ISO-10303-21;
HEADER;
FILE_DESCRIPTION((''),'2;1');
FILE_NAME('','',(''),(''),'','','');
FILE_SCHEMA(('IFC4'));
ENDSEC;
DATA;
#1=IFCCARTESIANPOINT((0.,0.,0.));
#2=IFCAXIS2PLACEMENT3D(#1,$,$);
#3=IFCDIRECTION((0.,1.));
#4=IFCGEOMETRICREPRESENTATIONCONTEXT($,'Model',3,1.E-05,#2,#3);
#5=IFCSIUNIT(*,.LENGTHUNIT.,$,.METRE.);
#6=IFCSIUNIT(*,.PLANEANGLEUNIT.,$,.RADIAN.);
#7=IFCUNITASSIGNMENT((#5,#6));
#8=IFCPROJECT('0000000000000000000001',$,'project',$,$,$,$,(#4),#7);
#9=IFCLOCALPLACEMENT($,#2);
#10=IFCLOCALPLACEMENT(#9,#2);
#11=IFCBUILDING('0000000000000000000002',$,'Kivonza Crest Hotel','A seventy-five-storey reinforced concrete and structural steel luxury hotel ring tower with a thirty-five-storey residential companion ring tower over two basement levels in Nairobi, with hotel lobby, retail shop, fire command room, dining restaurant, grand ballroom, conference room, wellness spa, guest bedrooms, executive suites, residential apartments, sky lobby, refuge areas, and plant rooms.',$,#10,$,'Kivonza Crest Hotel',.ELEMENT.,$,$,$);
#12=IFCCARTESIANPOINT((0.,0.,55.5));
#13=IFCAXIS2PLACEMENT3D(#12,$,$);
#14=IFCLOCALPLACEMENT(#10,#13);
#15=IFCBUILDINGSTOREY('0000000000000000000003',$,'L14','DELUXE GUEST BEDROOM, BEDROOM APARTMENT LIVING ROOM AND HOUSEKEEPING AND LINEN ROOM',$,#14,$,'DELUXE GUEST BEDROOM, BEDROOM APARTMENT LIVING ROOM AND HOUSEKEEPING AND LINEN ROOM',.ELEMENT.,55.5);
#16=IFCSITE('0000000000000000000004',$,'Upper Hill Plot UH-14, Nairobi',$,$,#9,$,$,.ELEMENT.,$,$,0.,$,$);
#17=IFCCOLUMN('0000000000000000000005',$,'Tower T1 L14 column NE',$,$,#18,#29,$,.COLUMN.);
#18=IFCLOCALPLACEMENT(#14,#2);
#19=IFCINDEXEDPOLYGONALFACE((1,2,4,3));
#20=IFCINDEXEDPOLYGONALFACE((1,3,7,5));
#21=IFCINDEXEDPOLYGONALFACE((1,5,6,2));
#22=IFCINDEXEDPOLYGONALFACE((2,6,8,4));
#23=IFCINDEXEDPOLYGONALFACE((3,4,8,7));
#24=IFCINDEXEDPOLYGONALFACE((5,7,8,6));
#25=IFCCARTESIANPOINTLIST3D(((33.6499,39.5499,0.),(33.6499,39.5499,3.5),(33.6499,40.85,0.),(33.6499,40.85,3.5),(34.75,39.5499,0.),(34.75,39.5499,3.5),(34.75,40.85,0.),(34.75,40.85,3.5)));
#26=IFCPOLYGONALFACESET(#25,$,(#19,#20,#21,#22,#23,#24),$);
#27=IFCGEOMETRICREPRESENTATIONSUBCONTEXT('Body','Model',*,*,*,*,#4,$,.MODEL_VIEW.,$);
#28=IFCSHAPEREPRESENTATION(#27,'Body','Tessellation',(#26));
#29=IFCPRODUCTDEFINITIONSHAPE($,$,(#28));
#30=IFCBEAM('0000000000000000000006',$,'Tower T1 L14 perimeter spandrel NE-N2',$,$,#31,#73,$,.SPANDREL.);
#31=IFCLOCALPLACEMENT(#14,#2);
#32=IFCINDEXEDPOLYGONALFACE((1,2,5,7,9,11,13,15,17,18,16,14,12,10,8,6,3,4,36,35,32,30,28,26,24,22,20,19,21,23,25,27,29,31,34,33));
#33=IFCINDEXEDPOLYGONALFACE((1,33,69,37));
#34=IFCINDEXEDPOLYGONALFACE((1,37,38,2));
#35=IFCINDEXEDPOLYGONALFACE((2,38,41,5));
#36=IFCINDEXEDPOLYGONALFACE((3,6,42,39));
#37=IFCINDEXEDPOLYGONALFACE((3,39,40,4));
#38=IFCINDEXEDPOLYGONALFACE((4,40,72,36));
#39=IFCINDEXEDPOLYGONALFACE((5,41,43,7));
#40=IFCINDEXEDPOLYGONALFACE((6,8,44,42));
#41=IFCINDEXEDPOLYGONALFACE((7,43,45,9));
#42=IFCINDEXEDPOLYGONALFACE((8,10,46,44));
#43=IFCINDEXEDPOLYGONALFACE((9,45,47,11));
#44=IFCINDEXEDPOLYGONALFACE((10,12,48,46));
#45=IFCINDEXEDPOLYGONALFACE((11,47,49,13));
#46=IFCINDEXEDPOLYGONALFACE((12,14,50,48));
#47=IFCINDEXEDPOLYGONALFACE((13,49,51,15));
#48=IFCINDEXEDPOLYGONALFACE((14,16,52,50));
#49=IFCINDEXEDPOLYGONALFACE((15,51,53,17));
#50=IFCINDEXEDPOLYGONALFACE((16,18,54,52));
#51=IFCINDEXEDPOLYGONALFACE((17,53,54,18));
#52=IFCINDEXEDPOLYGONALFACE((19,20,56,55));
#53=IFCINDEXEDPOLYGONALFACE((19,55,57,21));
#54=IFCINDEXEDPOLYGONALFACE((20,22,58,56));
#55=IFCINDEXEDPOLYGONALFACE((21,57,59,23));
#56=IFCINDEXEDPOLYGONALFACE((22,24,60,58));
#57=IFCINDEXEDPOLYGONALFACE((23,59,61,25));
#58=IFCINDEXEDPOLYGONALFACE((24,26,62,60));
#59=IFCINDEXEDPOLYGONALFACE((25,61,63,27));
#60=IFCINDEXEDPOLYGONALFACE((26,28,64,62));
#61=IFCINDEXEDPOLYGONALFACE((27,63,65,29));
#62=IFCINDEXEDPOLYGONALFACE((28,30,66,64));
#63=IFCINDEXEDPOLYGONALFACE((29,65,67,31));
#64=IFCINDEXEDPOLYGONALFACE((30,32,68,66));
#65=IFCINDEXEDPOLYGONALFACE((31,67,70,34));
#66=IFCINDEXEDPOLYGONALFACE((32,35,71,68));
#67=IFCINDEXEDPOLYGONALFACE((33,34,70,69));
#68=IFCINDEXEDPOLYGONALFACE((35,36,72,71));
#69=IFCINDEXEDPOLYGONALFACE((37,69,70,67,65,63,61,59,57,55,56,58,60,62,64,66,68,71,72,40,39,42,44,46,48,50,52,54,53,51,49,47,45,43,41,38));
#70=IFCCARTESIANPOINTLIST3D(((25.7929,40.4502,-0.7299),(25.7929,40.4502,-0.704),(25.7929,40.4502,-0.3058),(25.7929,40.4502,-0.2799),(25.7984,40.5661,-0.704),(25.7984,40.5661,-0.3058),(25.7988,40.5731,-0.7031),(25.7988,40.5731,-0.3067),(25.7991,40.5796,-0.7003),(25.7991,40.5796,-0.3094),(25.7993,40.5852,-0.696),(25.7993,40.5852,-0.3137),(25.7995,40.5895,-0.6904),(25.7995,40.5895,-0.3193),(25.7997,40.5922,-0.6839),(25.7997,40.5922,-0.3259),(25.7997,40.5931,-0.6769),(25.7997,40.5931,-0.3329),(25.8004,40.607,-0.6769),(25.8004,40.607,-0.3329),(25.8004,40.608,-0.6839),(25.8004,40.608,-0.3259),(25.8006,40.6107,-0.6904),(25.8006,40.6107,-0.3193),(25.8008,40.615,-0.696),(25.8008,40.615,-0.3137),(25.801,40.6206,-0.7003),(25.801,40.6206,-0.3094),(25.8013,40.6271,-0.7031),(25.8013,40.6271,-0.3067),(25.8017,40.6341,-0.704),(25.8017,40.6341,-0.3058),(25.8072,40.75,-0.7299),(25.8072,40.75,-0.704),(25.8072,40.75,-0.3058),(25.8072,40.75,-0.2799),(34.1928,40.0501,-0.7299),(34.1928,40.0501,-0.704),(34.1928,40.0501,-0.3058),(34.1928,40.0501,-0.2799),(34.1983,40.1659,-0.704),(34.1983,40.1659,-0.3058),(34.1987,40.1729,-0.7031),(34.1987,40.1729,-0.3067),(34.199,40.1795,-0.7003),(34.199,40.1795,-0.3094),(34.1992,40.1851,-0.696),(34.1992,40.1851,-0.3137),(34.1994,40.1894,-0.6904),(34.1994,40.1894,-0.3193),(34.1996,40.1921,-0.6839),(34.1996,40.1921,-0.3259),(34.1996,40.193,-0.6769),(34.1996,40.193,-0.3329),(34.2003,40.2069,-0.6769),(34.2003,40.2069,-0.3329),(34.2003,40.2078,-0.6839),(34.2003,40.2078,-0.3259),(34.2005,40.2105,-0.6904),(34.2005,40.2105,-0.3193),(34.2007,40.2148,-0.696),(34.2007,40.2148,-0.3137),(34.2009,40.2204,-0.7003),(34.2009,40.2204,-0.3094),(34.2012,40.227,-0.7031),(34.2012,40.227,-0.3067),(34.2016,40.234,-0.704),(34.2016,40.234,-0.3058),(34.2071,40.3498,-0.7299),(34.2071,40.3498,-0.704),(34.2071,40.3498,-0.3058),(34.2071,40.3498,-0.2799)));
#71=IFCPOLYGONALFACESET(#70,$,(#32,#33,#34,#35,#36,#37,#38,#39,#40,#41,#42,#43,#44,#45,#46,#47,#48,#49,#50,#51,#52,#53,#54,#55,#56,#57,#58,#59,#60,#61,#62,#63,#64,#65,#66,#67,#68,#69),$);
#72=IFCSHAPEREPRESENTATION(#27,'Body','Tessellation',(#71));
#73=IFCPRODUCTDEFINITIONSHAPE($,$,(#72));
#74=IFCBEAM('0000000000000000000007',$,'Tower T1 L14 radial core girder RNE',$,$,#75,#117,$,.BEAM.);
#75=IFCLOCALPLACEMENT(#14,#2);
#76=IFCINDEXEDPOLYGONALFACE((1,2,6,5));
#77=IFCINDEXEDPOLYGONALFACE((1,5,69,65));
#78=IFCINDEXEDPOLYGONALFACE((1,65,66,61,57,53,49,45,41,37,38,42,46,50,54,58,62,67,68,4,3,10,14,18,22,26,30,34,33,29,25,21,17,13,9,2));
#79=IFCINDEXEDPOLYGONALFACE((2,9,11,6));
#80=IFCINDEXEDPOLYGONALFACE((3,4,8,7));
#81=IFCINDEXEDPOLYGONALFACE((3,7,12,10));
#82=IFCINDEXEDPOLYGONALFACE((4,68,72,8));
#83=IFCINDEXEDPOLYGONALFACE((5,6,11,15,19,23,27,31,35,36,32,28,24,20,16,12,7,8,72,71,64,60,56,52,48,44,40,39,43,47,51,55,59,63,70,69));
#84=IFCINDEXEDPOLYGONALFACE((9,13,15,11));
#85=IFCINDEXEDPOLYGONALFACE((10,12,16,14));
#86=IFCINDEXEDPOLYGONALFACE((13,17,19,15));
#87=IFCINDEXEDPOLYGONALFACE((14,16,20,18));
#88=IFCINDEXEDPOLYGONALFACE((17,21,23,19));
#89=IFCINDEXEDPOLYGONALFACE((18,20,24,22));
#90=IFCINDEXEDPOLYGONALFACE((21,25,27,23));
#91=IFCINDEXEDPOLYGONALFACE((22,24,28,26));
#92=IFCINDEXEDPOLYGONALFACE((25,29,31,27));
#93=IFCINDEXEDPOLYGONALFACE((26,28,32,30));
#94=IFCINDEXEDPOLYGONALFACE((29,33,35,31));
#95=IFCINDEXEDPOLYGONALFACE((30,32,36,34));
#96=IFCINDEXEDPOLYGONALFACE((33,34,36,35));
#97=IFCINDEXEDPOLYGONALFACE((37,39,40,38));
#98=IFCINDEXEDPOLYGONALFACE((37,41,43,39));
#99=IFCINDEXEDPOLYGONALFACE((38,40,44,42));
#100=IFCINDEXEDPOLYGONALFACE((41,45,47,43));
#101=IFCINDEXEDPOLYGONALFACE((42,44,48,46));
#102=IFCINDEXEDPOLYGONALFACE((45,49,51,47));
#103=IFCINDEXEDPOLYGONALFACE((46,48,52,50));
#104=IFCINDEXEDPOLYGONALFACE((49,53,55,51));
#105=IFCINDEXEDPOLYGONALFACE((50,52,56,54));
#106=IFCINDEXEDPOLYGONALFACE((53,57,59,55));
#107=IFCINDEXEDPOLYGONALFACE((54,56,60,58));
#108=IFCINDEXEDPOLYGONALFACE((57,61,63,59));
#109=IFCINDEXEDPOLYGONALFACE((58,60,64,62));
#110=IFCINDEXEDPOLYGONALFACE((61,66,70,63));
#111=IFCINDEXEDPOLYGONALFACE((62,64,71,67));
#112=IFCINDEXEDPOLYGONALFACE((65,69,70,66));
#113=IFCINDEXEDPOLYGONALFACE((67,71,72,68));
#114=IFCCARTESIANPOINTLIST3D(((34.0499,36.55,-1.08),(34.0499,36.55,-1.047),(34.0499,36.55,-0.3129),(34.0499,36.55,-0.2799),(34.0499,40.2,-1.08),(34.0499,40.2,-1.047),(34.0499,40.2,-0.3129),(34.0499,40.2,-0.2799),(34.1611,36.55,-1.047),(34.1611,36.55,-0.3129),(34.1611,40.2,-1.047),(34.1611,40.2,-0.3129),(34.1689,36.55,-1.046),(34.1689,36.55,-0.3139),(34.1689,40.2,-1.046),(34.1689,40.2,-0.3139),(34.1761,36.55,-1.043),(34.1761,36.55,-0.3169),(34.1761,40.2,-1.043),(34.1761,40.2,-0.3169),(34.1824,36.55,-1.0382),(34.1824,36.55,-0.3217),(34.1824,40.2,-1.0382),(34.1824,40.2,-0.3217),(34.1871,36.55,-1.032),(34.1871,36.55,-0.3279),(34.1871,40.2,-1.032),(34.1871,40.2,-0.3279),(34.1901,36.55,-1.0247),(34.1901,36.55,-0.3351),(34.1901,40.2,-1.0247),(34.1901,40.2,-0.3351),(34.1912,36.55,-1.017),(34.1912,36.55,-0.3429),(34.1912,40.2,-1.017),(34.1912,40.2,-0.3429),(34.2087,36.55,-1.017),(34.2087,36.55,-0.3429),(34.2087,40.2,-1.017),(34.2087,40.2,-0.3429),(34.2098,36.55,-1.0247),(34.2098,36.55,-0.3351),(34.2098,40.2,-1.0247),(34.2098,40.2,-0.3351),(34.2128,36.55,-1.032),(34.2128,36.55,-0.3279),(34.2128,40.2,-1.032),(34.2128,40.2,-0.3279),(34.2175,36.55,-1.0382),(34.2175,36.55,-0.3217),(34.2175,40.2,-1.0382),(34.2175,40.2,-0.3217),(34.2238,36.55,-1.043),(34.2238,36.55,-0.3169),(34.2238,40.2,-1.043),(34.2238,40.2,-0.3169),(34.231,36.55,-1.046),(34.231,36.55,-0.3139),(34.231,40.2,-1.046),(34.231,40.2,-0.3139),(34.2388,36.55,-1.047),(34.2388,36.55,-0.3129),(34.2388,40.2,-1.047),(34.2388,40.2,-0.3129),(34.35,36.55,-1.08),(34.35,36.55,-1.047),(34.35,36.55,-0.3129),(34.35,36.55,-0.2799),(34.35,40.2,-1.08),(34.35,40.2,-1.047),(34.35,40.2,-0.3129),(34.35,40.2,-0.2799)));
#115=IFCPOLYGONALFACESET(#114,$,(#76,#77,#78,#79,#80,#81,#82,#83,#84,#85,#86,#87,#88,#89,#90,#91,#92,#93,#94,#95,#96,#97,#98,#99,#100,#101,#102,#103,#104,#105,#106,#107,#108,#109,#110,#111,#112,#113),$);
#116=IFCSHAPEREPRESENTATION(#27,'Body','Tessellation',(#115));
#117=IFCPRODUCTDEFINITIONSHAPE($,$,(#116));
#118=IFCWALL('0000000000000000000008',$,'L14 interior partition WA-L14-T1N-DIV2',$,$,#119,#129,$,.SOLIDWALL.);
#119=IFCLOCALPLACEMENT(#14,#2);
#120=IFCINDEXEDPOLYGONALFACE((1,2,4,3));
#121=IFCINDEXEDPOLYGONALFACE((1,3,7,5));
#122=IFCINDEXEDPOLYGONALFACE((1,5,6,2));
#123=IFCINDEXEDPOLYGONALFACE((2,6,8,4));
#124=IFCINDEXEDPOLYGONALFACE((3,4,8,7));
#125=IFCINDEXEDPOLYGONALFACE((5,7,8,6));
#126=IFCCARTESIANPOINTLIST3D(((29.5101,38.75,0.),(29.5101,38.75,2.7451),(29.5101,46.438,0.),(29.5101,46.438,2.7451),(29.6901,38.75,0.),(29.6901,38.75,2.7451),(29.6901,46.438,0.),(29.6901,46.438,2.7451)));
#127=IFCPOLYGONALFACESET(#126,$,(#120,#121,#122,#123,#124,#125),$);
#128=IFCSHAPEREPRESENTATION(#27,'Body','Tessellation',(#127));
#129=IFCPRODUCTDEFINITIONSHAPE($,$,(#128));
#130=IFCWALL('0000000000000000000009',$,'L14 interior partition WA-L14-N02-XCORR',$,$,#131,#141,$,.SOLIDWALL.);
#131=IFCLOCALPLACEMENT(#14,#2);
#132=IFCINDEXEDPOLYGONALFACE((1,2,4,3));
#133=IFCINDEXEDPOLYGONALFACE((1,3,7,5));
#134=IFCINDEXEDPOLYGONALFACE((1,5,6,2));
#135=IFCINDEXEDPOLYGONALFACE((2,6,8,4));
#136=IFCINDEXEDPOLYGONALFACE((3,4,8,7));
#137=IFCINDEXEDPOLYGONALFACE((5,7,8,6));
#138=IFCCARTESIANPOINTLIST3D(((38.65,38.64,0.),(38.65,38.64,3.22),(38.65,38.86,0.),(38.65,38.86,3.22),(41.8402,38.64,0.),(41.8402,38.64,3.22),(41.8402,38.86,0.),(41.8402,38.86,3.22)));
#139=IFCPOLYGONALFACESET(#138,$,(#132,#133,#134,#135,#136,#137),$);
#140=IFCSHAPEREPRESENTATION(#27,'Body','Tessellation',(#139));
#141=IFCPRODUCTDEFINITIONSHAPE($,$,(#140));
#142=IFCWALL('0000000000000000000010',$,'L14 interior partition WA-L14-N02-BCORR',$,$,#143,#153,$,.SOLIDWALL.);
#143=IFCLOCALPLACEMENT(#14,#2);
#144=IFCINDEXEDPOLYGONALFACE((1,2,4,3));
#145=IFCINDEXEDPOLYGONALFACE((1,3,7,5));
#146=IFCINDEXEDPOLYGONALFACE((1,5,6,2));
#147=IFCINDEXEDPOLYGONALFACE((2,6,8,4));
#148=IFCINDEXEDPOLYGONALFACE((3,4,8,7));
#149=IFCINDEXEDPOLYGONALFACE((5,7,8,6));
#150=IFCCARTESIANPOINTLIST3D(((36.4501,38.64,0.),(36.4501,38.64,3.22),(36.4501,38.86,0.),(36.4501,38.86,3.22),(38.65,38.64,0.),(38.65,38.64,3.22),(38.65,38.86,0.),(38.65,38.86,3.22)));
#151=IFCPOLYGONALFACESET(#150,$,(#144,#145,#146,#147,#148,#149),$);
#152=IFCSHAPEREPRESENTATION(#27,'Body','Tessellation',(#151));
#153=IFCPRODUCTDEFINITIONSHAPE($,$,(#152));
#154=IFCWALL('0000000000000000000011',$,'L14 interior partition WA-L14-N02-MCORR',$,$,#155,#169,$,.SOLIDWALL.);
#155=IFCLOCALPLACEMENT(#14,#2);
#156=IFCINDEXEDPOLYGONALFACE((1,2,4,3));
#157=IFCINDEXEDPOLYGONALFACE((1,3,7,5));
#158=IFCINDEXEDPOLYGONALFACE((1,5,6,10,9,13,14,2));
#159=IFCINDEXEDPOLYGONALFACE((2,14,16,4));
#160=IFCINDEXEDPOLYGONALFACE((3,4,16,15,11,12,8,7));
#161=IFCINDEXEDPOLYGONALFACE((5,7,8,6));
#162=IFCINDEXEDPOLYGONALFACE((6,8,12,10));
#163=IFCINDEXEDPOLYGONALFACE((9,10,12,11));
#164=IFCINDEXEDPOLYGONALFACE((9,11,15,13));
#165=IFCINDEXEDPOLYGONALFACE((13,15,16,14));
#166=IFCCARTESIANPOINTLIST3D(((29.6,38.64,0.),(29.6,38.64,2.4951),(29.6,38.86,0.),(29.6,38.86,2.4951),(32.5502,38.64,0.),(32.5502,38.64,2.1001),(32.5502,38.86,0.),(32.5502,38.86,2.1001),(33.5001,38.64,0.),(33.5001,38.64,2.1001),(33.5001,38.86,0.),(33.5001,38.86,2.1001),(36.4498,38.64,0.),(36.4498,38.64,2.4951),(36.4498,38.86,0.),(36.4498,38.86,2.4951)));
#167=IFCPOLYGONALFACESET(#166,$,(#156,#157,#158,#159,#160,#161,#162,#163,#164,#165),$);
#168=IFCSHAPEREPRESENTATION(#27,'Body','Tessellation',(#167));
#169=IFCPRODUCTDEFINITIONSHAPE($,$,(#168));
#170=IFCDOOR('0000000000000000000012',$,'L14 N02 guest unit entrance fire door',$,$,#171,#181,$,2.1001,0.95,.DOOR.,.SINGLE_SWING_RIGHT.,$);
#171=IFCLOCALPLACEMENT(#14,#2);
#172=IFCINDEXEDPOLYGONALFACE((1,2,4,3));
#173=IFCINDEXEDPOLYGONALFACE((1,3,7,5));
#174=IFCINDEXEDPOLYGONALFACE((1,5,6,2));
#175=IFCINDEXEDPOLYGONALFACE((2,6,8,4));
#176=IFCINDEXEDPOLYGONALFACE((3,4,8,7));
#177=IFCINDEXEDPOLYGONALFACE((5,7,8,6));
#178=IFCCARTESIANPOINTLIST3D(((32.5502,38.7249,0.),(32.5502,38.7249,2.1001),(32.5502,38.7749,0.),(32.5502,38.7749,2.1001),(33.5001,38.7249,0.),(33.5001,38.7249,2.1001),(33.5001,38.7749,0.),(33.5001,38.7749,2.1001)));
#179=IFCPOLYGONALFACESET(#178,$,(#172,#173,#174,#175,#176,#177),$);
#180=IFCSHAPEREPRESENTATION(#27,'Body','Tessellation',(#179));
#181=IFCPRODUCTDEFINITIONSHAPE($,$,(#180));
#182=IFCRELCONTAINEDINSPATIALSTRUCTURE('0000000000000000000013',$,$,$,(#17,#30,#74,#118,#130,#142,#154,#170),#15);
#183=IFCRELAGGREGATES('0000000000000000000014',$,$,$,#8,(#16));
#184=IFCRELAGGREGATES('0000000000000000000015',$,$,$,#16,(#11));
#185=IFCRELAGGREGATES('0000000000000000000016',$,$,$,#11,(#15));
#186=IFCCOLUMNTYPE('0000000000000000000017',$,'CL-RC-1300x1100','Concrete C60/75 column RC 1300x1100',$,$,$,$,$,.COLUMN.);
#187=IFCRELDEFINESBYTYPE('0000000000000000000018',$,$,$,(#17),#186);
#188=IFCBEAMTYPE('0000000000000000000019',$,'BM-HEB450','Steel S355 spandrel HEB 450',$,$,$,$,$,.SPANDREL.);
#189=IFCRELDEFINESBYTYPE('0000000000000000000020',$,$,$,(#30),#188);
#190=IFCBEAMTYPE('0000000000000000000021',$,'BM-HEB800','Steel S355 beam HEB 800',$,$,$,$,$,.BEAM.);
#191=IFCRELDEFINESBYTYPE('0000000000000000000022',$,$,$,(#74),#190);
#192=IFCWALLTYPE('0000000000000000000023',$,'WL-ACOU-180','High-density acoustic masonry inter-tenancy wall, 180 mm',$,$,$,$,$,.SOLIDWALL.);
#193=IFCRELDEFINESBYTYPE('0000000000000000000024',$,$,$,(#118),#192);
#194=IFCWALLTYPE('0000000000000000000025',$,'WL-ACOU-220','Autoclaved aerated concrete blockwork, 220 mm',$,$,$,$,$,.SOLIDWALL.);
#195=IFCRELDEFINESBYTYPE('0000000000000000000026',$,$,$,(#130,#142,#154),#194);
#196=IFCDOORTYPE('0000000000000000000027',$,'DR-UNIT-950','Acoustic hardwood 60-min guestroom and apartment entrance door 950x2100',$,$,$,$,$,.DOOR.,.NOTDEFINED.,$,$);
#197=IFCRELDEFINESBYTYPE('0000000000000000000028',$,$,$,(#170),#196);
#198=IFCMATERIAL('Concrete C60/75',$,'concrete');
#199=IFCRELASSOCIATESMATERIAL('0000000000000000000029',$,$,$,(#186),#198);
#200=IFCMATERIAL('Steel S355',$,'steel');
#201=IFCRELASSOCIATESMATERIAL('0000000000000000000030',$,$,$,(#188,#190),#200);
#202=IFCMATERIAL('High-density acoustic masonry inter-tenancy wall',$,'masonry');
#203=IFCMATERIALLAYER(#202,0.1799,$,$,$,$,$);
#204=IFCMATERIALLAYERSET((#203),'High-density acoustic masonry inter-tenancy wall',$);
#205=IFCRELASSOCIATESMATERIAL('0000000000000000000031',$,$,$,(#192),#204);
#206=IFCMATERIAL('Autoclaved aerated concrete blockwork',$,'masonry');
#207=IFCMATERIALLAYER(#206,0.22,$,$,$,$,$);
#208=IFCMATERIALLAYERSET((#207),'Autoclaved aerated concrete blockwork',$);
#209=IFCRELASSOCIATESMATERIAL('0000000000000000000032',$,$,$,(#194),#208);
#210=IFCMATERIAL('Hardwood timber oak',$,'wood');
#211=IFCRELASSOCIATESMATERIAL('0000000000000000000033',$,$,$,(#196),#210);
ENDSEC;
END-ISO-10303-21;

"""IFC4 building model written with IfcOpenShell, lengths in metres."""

from ifc_helpers import new_model, si_unit, direction, frame, frame_2d, origin, origin_2d, place, context, subcontext, project, spatial, rectangle, i_section, extrude, material, layer, layer_set, material_profile, profile_set, type_object, element, fill, save


model = new_model("IFC4")

# Units and contexts
model_context = context("Model", 3, precision=1e-05, world=origin(), true_north=direction((0.0, 1.0)))
body_context = subcontext(model_context, "Body", "Model", "MODEL_VIEW")
ifc_project = project(units=[si_unit("LENGTHUNIT", "METRE"), si_unit("PLANEANGLEUNIT", "RADIAN")], contexts=[model_context])

# Site, building, storey
site_placement = place(None, origin())
site = spatial("IfcSite", under=ifc_project, at=site_placement, Name="Upper Hill Plot UH-14, Nairobi", CompositionType="ELEMENT", RefElevation=0.0)
building_placement = place(site_placement, origin())
building = spatial("IfcBuilding", under=site, at=building_placement, Name="Kivonza Crest Hotel", Description="A seventy-five-storey reinforced concrete and structural steel luxury hotel ring tower with a thirty-five-storey residential companion ring tower over two basement levels in Nairobi, with hotel lobby, retail shop, fire command room, dining restaurant, grand ballroom, conference room, wellness spa, guest bedrooms, executive suites, residential apartments, sky lobby, refuge areas, and plant rooms.", LongName="Kivonza Crest Hotel", CompositionType="ELEMENT")
storey_placement = place(building_placement, frame((0.0, 0.0, 55.5)))
storey = spatial("IfcBuildingStorey", under=building, at=storey_placement, Name="L14", Description="DELUXE GUEST BEDROOM, BEDROOM APARTMENT LIVING ROOM AND HOUSEKEEPING AND LINEN ROOM", LongName="DELUXE GUEST BEDROOM, BEDROOM APARTMENT LIVING ROOM AND HOUSEKEEPING AND LINEN ROOM", CompositionType="ELEMENT", Elevation=55.5)

# Column
ifc_material_1 = material(Name="Concrete C60/75", Category="concrete")
ifc_material_profile_1 = material_profile(ifc_material_1, rectangle(XDim=1.1001, YDim=1.3, at=origin_2d()), Name="RC 1300x1100")
ifc_profile_set_1 = profile_set([ifc_material_profile_1], Name="Concrete C60/75")
column_type = type_object("IfcColumnType", Name="CL-RC-1300x1100", Description="Concrete C60/75 column RC 1300x1100", PredefinedType="COLUMN", material=ifc_profile_set_1)
column_placement = place(storey_placement, frame((34.2, 40.2, 0.0), z_axis=(0.0, 0.0, 1.0), x_axis=(1.0, 0.0, 0.0)))
element("IfcColumn", 1, at=column_placement, inside=storey, type_object=column_type, Name="Tower T1 L14 column NE", PredefinedType="COLUMN", context=body_context, shape_type="SweptSolid", body=[
    extrude(rectangle(XDim=1.1001, YDim=1.3, at=origin_2d()), origin(), (0.0, 0.0, 1.0), 3.5),
])

# Beams
ifc_material_2 = material(Name="Steel S355", Category="steel")
ifc_material_profile_2 = material_profile(ifc_material_2, i_section(OverallWidth=0.3, OverallDepth=0.45, WebThickness=0.0139, FlangeThickness=0.0259, FilletRadius=0.0271, at=origin_2d()), Name="HEB 450")
ifc_profile_set_2 = profile_set([ifc_material_profile_2], Name="Steel S355")
beam_type_1 = type_object("IfcBeamType", Name="BM-HEB450", Description="Steel S355 spandrel HEB 450", PredefinedType="SPANDREL", material=ifc_profile_set_2)
beam_1_placement = place(storey_placement, frame((34.2, 40.2, -0.5049), z_axis=(-0.998867, 0.047583, 0.0), x_axis=(-0.047583, -0.998867, 0.0)))
element("IfcBeam", 2, at=beam_1_placement, inside=storey, type_object=beam_type_1, Name="Tower T1 L14 perimeter spandrel NE-N2", PredefinedType="SPANDREL", context=body_context, shape_type="SweptSolid", body=[
    extrude(i_section(OverallWidth=0.3, OverallDepth=0.45, WebThickness=0.0139, FlangeThickness=0.0259, FilletRadius=0.0271, at=origin_2d()), origin(), (0.0, 0.0, 1.0), 8.4094),
])
ifc_material_profile_3 = material_profile(ifc_material_2, i_section(OverallWidth=0.3, OverallDepth=0.8, WebThickness=0.0176, FlangeThickness=0.033, FilletRadius=0.03, at=origin_2d()), Name="HEB 800")
ifc_profile_set_3 = profile_set([ifc_material_profile_3], Name="Steel S355")
beam_type_2 = type_object("IfcBeamType", Name="BM-HEB800", Description="Steel S355 beam HEB 800", PredefinedType="BEAM", material=ifc_profile_set_3)
beam_2_placement = place(storey_placement, frame((34.2, 40.2, -0.6799), z_axis=(0.0, -1.0, 0.0), x_axis=(1.0, 0.0, 0.0)))
element("IfcBeam", 3, at=beam_2_placement, inside=storey, type_object=beam_type_2, Name="Tower T1 L14 radial core girder RNE", PredefinedType="BEAM", context=body_context, shape_type="SweptSolid", body=[
    extrude(i_section(OverallWidth=0.3, OverallDepth=0.8, WebThickness=0.0176, FlangeThickness=0.033, FilletRadius=0.03, at=origin_2d()), origin(), (0.0, 0.0, 1.0), 3.6499),
])

# Walls
ifc_material_3 = material(Name="High-density acoustic masonry inter-tenancy wall", Category="masonry")
ifc_layer_1 = layer(ifc_material_3, 0.1799)
ifc_layer_set_1 = layer_set([ifc_layer_1], Name="High-density acoustic masonry inter-tenancy wall")
wall_type_1 = type_object("IfcWallType", Name="WL-ACOU-180", Description="High-density acoustic masonry inter-tenancy wall, 180 mm", PredefinedType="SOLIDWALL", material=ifc_layer_set_1)
wall_1_placement = place(storey_placement, frame((29.6001, 38.75, 0.0), z_axis=(0.0, 0.0, 1.0), x_axis=(0.0, 1.0, 0.0)))
element("IfcWall", 4, at=wall_1_placement, inside=storey, type_object=wall_type_1, Name="L14 interior partition WA-L14-T1N-DIV2", PredefinedType="SOLIDWALL", context=body_context, shape_type="SweptSolid", body=[
    extrude(rectangle(XDim=7.688, YDim=0.1799, at=frame_2d((3.844, 0.0))), origin(), (0.0, 0.0, 1.0), 2.7451),
])
ifc_material_4 = material(Name="Autoclaved aerated concrete blockwork", Category="masonry")
ifc_layer_2 = layer(ifc_material_4, 0.22)
ifc_layer_set_2 = layer_set([ifc_layer_2], Name="Autoclaved aerated concrete blockwork")
wall_type_2 = type_object("IfcWallType", Name="WL-ACOU-220", Description="Autoclaved aerated concrete blockwork, 220 mm", PredefinedType="SOLIDWALL", material=ifc_layer_set_2)
wall_2_placement = place(storey_placement, frame((38.6499, 38.75, 0.0), z_axis=(0.0, 0.0, 1.0), x_axis=(1.0, 0.0, 0.0)))
element("IfcWall", 5, at=wall_2_placement, inside=storey, type_object=wall_type_2, Name="L14 interior partition WA-L14-N02-XCORR", PredefinedType="SOLIDWALL", context=body_context, shape_type="SweptSolid", body=[
    extrude(rectangle(XDim=3.1902, YDim=0.22, at=frame_2d((1.5952, 0.0))), origin(), (0.0, 0.0, 1.0), 3.22),
])
wall_3_placement = place(storey_placement, frame((36.45, 38.75, 0.0), z_axis=(0.0, 0.0, 1.0), x_axis=(1.0, 0.0, 0.0)))
element("IfcWall", 6, at=wall_3_placement, inside=storey, type_object=wall_type_2, Name="L14 interior partition WA-L14-N02-BCORR", PredefinedType="SOLIDWALL", context=body_context, shape_type="SweptSolid", body=[
    extrude(rectangle(XDim=2.2, YDim=0.22, at=frame_2d((1.1001, 0.0))), origin(), (0.0, 0.0, 1.0), 3.22),
])

# Wall, opening, door
wall_4_placement = place(storey_placement, frame((29.6001, 38.75, 0.0), z_axis=(0.0, 0.0, 1.0), x_axis=(1.0, 0.0, 0.0)))
wall_4 = element("IfcWall", 7, at=wall_4_placement, inside=storey, type_object=wall_type_2, Name="L14 interior partition WA-L14-N02-MCORR", PredefinedType="SOLIDWALL", context=body_context, shape_type="SweptSolid", body=[
    extrude(rectangle(XDim=6.8499, YDim=0.22, at=frame_2d((3.4248, 0.0))), origin(), (0.0, 0.0, 1.0), 2.4951),
])
opening_1_placement = place(wall_4_placement, frame((2.95, 0.0, 0.0)))
opening_1 = element("IfcOpeningElement", 8, at=opening_1_placement, cuts=wall_4, PredefinedType="OPENING", context=body_context, shape_type="SweptSolid", body=[
    extrude(rectangle(XDim=0.95, YDim=2.1001, at=frame_2d((0.4751, 1.05))), frame((0.0, 0.1201, 0.0), z_axis=(0.0, -1.0, 0.0), x_axis=(1.0, 0.0, 0.0)), (0.0, 0.0, 1.0), 0.24),
])
ifc_material_5 = material(Name="Hardwood timber oak", Category="wood")
door_type_1 = type_object("IfcDoorType", Name="DR-UNIT-950", Description="Acoustic hardwood 60-min guestroom and apartment entrance door 950x2100", OperationType="NOTDEFINED", PredefinedType="DOOR", material=ifc_material_5)
door_1_placement = place(opening_1_placement, origin())
door_1 = element("IfcDoor", 9, at=door_1_placement, inside=storey, type_object=door_type_1, Name="L14 N02 guest unit entrance fire door", OperationType="SINGLE_SWING_RIGHT", OverallHeight=2.1001, OverallWidth=0.95, PredefinedType="DOOR", context=body_context, shape_type="SweptSolid", body=[
    extrude(rectangle(XDim=0.95, YDim=2.1001, at=frame_2d((0.4751, 1.05))), frame((0.0, 0.0249, 0.0), z_axis=(0.0, -1.0, 0.0), x_axis=(1.0, 0.0, 0.0)), (0.0, 0.0, 1.0), 0.05),
])
fill(opening_1, door_1)

save(model, "model.ifc")
